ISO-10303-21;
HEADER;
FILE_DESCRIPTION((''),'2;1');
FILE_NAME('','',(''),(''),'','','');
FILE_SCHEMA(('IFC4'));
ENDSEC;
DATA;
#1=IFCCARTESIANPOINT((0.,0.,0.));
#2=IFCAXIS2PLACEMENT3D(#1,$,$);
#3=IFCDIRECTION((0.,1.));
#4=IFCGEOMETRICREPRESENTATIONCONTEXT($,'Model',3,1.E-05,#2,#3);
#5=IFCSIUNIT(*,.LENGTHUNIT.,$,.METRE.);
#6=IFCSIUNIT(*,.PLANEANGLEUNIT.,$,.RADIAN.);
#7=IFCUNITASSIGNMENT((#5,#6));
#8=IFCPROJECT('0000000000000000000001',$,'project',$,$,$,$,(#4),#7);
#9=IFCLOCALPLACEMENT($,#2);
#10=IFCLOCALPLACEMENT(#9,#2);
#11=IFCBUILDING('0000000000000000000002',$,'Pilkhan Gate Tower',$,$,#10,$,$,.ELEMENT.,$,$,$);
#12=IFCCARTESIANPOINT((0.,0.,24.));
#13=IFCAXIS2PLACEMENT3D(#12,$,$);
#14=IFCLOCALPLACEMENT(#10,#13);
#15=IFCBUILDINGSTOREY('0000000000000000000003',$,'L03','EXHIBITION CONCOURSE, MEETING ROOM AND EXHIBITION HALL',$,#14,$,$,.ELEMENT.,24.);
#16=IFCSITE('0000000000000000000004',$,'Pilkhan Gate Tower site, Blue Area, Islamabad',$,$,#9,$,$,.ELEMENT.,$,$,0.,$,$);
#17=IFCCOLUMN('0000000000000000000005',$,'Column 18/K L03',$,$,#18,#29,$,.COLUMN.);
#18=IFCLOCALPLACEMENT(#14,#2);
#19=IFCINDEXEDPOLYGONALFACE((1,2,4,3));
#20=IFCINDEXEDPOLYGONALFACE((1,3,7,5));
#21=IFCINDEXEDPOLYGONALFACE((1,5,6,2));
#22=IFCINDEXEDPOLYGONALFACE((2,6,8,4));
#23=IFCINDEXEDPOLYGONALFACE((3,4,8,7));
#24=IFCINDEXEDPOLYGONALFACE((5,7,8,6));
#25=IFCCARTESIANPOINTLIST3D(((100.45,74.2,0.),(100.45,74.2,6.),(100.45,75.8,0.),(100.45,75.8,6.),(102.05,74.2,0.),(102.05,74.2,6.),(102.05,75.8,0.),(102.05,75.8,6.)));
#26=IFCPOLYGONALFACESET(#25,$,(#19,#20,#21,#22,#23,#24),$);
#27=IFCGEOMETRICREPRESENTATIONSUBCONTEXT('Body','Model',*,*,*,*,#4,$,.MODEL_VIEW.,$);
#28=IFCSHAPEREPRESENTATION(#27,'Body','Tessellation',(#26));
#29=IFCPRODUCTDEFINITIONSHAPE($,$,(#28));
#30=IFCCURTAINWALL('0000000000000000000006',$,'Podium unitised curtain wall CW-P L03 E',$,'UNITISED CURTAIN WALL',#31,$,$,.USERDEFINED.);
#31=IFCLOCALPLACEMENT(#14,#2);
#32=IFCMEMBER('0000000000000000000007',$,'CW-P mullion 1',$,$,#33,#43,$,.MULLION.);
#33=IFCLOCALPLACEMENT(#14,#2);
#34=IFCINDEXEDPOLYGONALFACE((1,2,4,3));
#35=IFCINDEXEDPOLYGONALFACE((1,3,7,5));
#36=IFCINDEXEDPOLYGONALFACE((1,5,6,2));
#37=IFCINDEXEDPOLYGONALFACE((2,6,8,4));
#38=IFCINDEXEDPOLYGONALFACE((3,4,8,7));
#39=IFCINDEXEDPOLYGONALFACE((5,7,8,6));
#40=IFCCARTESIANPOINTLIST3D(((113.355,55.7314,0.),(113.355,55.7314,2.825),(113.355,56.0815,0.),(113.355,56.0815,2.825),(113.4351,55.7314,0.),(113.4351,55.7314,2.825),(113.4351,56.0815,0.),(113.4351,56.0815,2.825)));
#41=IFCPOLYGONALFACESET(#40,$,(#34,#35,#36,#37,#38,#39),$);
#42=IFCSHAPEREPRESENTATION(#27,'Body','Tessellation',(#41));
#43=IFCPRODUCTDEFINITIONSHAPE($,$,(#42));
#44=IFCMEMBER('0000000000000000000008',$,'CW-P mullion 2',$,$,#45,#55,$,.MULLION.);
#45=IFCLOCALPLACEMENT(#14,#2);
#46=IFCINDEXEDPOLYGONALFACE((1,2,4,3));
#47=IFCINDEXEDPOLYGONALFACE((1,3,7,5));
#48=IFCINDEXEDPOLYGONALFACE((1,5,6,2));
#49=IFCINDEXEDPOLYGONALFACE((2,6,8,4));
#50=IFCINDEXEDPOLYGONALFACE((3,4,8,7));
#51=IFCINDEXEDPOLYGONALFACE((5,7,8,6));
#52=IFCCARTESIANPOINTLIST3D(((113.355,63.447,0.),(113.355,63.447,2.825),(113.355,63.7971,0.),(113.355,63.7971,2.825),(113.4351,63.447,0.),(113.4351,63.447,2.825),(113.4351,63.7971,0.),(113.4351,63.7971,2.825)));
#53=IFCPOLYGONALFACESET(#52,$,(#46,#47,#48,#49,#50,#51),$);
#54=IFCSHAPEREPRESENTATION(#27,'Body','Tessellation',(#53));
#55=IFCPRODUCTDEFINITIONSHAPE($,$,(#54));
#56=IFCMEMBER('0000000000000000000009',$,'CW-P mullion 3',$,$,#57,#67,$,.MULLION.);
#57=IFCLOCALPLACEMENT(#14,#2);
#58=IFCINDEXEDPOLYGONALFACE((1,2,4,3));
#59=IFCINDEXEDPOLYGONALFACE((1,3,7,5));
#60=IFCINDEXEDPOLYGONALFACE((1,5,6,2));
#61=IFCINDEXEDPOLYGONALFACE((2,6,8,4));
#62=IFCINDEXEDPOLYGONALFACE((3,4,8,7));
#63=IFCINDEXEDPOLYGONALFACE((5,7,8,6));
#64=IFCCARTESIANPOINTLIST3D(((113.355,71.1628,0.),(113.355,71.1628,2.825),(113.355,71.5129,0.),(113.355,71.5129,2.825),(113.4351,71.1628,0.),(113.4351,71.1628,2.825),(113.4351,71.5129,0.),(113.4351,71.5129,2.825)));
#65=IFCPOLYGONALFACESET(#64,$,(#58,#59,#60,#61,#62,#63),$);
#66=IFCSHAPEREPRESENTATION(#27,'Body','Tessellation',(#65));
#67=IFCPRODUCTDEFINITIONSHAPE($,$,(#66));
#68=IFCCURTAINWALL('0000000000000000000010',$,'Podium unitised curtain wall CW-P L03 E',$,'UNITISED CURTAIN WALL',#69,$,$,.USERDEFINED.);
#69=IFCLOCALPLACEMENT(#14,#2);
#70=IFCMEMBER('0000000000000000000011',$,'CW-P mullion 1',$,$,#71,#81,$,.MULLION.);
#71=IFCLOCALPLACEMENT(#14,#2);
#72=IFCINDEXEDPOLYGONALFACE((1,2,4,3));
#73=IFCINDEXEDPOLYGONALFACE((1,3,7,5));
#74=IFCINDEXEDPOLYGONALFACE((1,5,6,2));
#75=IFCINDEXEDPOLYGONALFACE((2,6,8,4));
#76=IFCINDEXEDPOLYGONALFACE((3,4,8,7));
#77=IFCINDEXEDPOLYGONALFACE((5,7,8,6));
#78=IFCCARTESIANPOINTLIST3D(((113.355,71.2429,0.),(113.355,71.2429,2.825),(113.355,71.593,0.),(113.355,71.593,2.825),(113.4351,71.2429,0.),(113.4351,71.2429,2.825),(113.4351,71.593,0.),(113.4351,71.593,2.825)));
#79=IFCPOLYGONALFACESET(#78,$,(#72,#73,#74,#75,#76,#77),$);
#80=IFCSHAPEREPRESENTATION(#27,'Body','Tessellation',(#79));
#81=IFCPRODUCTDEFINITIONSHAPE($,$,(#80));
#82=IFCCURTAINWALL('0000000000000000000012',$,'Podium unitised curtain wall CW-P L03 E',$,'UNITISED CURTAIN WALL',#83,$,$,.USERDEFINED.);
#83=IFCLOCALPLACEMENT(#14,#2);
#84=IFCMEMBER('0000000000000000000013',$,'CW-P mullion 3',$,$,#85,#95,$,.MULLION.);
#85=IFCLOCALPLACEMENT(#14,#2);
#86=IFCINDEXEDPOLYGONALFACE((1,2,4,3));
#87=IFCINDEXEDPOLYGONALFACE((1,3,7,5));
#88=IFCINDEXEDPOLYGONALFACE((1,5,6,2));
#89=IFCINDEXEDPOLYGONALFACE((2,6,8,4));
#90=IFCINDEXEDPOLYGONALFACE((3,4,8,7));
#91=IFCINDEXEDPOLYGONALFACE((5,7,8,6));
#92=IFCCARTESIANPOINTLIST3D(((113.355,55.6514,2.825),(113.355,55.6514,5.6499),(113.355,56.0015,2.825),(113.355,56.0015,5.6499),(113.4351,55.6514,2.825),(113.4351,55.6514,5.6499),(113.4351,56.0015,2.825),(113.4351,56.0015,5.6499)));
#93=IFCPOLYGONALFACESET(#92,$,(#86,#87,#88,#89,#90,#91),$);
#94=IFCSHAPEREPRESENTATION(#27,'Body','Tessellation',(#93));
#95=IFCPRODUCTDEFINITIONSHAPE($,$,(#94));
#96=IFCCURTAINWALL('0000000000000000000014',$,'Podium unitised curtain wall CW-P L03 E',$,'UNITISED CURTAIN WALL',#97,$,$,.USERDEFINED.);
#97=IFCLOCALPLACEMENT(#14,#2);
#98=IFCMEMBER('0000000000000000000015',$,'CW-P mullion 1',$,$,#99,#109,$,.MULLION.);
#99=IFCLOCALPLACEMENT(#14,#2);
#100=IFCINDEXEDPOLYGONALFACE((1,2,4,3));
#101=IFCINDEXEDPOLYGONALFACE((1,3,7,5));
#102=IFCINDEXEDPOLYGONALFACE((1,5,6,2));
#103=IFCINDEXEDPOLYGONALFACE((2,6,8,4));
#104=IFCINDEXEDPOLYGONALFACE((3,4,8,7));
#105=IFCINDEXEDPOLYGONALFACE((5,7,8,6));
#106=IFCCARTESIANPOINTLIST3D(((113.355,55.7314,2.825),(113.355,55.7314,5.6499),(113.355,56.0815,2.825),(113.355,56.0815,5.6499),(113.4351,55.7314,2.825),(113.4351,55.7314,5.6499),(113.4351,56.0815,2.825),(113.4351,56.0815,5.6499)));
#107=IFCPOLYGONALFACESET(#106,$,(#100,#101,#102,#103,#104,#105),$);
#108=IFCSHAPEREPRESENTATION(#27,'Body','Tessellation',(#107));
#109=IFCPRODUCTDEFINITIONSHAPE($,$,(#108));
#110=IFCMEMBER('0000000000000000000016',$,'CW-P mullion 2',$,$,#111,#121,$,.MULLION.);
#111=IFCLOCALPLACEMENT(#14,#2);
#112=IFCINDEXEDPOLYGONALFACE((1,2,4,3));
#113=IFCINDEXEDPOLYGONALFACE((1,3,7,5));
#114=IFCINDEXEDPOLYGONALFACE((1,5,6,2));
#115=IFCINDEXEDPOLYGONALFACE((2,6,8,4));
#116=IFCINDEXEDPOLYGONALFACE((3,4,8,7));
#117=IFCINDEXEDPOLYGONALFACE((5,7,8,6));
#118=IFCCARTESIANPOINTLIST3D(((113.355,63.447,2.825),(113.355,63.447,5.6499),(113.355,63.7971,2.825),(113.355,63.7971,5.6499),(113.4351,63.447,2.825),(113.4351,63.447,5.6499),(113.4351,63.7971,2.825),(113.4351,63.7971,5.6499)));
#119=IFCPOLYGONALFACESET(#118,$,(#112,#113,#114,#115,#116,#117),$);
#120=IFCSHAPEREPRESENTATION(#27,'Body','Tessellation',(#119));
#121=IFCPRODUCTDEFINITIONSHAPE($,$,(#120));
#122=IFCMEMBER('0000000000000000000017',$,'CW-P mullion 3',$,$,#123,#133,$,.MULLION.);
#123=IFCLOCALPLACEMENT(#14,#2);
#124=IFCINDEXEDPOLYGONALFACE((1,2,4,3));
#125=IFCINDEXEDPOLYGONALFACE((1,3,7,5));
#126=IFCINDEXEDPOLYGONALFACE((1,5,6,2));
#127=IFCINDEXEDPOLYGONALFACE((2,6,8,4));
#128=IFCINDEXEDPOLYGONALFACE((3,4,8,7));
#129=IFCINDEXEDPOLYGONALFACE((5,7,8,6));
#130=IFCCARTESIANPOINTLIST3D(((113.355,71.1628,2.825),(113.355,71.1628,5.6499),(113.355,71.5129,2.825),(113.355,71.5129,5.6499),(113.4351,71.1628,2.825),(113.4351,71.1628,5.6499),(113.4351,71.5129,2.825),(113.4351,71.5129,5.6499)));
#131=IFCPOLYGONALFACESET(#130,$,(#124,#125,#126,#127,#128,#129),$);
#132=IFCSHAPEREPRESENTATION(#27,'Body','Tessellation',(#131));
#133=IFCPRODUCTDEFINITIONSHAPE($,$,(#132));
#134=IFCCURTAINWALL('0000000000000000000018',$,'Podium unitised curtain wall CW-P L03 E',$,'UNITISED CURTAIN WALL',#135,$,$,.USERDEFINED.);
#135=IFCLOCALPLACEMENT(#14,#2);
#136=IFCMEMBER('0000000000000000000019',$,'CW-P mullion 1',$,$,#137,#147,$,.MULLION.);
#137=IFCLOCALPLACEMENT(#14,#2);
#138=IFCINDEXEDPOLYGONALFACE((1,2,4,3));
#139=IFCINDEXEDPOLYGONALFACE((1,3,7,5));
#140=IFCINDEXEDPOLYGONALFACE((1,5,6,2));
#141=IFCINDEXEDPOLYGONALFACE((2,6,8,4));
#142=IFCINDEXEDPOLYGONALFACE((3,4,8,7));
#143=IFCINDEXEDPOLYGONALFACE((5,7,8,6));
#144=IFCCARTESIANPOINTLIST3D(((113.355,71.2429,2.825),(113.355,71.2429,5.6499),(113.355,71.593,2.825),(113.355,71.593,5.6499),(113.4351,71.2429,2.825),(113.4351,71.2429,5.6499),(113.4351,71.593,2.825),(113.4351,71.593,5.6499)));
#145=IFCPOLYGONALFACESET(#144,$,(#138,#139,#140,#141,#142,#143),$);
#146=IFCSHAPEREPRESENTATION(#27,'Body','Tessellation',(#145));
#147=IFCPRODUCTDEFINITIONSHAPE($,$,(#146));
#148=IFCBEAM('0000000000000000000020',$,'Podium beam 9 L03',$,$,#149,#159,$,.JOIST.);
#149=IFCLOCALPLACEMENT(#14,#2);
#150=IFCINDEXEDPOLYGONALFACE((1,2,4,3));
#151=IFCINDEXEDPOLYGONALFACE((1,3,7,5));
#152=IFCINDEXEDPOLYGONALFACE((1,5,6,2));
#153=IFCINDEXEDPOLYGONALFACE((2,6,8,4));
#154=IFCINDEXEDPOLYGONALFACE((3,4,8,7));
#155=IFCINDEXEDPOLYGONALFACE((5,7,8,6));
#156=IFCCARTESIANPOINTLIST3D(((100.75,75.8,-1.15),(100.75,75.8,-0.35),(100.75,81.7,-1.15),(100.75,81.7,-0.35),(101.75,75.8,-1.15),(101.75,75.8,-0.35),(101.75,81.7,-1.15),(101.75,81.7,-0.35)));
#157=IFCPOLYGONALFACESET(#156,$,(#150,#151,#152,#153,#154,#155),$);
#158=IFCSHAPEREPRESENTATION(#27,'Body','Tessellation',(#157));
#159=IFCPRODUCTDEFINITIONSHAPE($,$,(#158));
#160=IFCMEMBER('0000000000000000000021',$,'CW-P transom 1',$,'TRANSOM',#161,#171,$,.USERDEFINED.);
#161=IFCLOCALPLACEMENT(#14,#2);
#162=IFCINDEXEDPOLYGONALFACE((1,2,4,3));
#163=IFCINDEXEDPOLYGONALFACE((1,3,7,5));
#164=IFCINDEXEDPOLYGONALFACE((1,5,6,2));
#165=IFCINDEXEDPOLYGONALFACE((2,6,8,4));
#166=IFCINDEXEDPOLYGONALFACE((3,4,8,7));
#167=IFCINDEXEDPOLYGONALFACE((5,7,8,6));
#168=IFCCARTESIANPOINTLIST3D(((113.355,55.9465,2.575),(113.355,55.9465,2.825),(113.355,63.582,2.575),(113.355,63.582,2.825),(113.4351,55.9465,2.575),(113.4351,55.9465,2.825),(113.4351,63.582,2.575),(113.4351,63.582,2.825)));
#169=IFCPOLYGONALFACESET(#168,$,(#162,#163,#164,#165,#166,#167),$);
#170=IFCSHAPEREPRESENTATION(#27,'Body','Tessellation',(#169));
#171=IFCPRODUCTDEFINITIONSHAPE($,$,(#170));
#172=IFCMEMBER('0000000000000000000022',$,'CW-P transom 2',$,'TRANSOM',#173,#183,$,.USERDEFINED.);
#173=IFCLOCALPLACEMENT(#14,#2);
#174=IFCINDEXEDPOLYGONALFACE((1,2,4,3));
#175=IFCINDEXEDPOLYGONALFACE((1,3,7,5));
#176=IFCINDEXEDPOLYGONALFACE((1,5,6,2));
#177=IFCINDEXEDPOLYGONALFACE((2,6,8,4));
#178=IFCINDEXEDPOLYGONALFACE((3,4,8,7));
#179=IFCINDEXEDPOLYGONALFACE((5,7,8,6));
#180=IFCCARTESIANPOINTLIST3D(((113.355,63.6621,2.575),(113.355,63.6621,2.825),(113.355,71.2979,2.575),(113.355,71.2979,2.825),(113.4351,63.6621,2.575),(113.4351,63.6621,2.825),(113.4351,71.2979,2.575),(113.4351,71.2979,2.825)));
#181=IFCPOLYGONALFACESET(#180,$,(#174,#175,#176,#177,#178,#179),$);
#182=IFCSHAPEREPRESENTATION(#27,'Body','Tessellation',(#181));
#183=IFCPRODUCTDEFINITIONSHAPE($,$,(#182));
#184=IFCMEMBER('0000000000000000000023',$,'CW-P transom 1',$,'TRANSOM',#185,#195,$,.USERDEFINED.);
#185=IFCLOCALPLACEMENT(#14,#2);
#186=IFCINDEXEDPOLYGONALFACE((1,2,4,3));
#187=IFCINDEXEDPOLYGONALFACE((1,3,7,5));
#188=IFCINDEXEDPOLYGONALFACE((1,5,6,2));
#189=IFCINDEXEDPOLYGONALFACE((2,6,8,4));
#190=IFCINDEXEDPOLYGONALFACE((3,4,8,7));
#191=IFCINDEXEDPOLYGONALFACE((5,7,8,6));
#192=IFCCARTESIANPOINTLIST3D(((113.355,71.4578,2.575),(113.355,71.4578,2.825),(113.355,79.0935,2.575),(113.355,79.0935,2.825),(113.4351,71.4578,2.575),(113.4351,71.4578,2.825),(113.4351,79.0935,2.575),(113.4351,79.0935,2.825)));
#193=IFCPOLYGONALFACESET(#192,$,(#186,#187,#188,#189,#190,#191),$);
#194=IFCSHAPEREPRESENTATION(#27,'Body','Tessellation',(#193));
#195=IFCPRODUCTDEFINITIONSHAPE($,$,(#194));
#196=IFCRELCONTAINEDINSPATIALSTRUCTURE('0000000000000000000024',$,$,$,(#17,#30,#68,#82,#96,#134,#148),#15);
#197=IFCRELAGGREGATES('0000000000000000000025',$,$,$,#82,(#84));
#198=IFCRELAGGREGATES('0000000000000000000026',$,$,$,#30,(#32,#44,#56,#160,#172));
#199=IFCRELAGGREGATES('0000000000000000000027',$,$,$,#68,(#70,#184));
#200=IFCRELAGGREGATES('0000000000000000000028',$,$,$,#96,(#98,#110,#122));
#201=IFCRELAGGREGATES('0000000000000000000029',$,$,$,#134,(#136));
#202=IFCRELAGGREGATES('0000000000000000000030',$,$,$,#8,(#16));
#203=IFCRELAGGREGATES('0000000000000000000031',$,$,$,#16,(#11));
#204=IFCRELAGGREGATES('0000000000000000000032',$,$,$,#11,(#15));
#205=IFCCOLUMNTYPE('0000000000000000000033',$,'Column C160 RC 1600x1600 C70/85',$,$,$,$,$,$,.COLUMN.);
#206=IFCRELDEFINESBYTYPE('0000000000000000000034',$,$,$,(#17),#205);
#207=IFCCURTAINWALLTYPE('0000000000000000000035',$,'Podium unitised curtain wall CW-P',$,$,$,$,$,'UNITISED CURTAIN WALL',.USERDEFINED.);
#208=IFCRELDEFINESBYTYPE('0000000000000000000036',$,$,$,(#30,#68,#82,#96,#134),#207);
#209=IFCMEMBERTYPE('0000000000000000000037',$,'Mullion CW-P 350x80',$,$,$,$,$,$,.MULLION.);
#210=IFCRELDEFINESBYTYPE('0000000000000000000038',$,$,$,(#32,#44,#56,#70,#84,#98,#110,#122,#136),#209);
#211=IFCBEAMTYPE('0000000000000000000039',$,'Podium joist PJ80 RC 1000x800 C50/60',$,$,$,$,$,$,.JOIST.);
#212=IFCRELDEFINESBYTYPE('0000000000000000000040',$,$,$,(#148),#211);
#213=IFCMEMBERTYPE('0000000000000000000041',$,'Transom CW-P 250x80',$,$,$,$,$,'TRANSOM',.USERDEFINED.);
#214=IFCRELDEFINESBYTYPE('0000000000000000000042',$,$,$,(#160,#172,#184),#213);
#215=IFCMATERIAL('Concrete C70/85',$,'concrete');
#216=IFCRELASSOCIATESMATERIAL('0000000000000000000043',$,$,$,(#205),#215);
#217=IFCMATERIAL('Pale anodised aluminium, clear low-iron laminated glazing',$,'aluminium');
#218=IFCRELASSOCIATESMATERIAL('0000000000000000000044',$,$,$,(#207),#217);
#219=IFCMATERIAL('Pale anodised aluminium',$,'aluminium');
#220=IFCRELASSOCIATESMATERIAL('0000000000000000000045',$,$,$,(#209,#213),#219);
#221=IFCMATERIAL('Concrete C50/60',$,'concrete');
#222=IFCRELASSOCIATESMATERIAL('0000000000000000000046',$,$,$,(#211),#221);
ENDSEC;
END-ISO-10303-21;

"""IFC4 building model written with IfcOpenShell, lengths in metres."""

from ifc_helpers import new_model, si_unit, direction, frame, origin, origin_2d, place, context, subcontext, project, spatial, rectangle, extrude, material, material_profile, profile_set, type_object, element, aggregate, save


model = new_model("IFC4")

# Units and contexts
model_context = context("Model", 3, precision=1e-05, world=origin(), true_north=direction((0.0, 1.0)))
body_context = subcontext(model_context, "Body", "Model", "MODEL_VIEW")
ifc_project = project(units=[si_unit("LENGTHUNIT", "METRE"), si_unit("PLANEANGLEUNIT", "RADIAN")], contexts=[model_context])

# Site, building, storey
site_placement = place(None, origin())
site = spatial("IfcSite", under=ifc_project, at=site_placement, Name="Pilkhan Gate Tower site, Blue Area, Islamabad", CompositionType="ELEMENT", RefElevation=0.0)
building_placement = place(site_placement, origin())
building = spatial("IfcBuilding", under=site, at=building_placement, Name="Pilkhan Gate Tower", CompositionType="ELEMENT")
storey_placement = place(building_placement, frame((0.0, 0.0, 24.0)))
storey = spatial("IfcBuildingStorey", under=building, at=storey_placement, Name="L03", Description="EXHIBITION CONCOURSE, MEETING ROOM AND EXHIBITION HALL", CompositionType="ELEMENT", Elevation=24.0)

# Column
ifc_material_1 = material(Name="Concrete C70/85", Category="concrete")
ifc_material_profile_1 = material_profile(ifc_material_1, rectangle(XDim=1.6001, YDim=1.6001, at=origin_2d()), Name="RC 1600x1600")
ifc_profile_set_1 = profile_set([ifc_material_profile_1], Name="Concrete C70/85")
column_type = type_object("IfcColumnType", Name="Column C160 RC 1600x1600 C70/85", PredefinedType="COLUMN", material=ifc_profile_set_1)
column_placement = place(storey_placement, frame((101.25, 75.0, 0.0), z_axis=(0.0, 0.0, 1.0), x_axis=(1.0, 0.0, 0.0)))
element("IfcColumn", 1, at=column_placement, inside=storey, type_object=column_type, Name="Column 18/K L03", PredefinedType="COLUMN", context=body_context, shape_type="SweptSolid", body=[
    extrude(rectangle(XDim=1.6001, YDim=1.6001, at=origin_2d()), origin(), (0.0, 0.0, 1.0), 6.0),
])

# Curtain wall, members
ifc_material_2 = material(Name="Pale anodised aluminium, clear low-iron laminated glazing", Category="aluminium")
curtain_wall_type = type_object("IfcCurtainWallType", Name="Podium unitised curtain wall CW-P", ElementType="UNITISED CURTAIN WALL", PredefinedType="USERDEFINED", material=ifc_material_2)
curtain_wall_1_placement = place(storey_placement, origin())
curtain_wall_1 = element("IfcCurtainWall", 2, at=curtain_wall_1_placement, inside=storey, type_object=curtain_wall_type, Name="Podium unitised curtain wall CW-P L03 E", ObjectType="UNITISED CURTAIN WALL", PredefinedType="USERDEFINED")
ifc_material_3 = material(Name="Pale anodised aluminium", Category="aluminium")
ifc_material_profile_2 = material_profile(ifc_material_3, rectangle(XDim=0.0801, YDim=0.3501, at=origin_2d()), Name="Mullion 350x80")
ifc_profile_set_2 = profile_set([ifc_material_profile_2], Name="Pale anodised aluminium")
member_type_1 = type_object("IfcMemberType", Name="Mullion CW-P 350x80", PredefinedType="MULLION", material=ifc_profile_set_2)
member_1_placement = place(storey_placement, frame((113.395, 55.9065, 0.0), z_axis=(0.0, 0.0, 1.0), x_axis=(-1.0, 0.0, 0.0)))
member_1 = element("IfcMember", 3, at=member_1_placement, type_object=member_type_1, Name="CW-P mullion 1", PredefinedType="MULLION", context=body_context, shape_type="SweptSolid", body=[
    extrude(rectangle(XDim=0.0801, YDim=0.3501, at=origin_2d()), origin(), (0.0, 0.0, 1.0), 2.825),
])
member_2_placement = place(storey_placement, frame((113.395, 63.6221, 0.0), z_axis=(0.0, 0.0, 1.0), x_axis=(-1.0, 0.0, 0.0)))
member_2 = element("IfcMember", 4, at=member_2_placement, type_object=member_type_1, Name="CW-P mullion 2", PredefinedType="MULLION", context=body_context, shape_type="SweptSolid", body=[
    extrude(rectangle(XDim=0.0801, YDim=0.3501, at=origin_2d()), origin(), (0.0, 0.0, 1.0), 2.825),
])
member_3_placement = place(storey_placement, frame((113.395, 71.3379, 0.0), z_axis=(0.0, 0.0, 1.0), x_axis=(-1.0, 0.0, 0.0)))
member_3 = element("IfcMember", 5, at=member_3_placement, type_object=member_type_1, Name="CW-P mullion 3", PredefinedType="MULLION", context=body_context, shape_type="SweptSolid", body=[
    extrude(rectangle(XDim=0.0801, YDim=0.3501, at=origin_2d()), origin(), (0.0, 0.0, 1.0), 2.825),
])

# Curtain walls, members
curtain_wall_2_placement = place(storey_placement, origin())
curtain_wall_2 = element("IfcCurtainWall", 6, at=curtain_wall_2_placement, inside=storey, type_object=curtain_wall_type, Name="Podium unitised curtain wall CW-P L03 E", ObjectType="UNITISED CURTAIN WALL", PredefinedType="USERDEFINED")
member_4_placement = place(storey_placement, frame((113.395, 71.418, 0.0), z_axis=(0.0, 0.0, 1.0), x_axis=(-1.0, 0.0, 0.0)))
member_4 = element("IfcMember", 7, at=member_4_placement, type_object=member_type_1, Name="CW-P mullion 1", PredefinedType="MULLION", context=body_context, shape_type="SweptSolid", body=[
    extrude(rectangle(XDim=0.0801, YDim=0.3501, at=origin_2d()), origin(), (0.0, 0.0, 1.0), 2.825),
])
curtain_wall_3_placement = place(storey_placement, origin())
curtain_wall_3 = element("IfcCurtainWall", 8, at=curtain_wall_3_placement, inside=storey, type_object=curtain_wall_type, Name="Podium unitised curtain wall CW-P L03 E", ObjectType="UNITISED CURTAIN WALL", PredefinedType="USERDEFINED")
member_5_placement = place(storey_placement, frame((113.395, 55.8264, 2.825), z_axis=(0.0, 0.0, 1.0), x_axis=(-1.0, 0.0, 0.0)))
member_5 = element("IfcMember", 9, at=member_5_placement, type_object=member_type_1, Name="CW-P mullion 3", PredefinedType="MULLION", context=body_context, shape_type="SweptSolid", body=[
    extrude(rectangle(XDim=0.0801, YDim=0.3501, at=origin_2d()), origin(), (0.0, 0.0, 1.0), 2.825),
])
aggregate(curtain_wall_3, [member_5])

# Curtain wall, members
curtain_wall_4_placement = place(storey_placement, origin())
curtain_wall_4 = element("IfcCurtainWall", 10, at=curtain_wall_4_placement, inside=storey, type_object=curtain_wall_type, Name="Podium unitised curtain wall CW-P L03 E", ObjectType="UNITISED CURTAIN WALL", PredefinedType="USERDEFINED")
member_6_placement = place(storey_placement, frame((113.395, 55.9065, 2.825), z_axis=(0.0, 0.0, 1.0), x_axis=(-1.0, 0.0, 0.0)))
member_6 = element("IfcMember", 11, at=member_6_placement, type_object=member_type_1, Name="CW-P mullion 1", PredefinedType="MULLION", context=body_context, shape_type="SweptSolid", body=[
    extrude(rectangle(XDim=0.0801, YDim=0.3501, at=origin_2d()), origin(), (0.0, 0.0, 1.0), 2.825),
])
member_7_placement = place(storey_placement, frame((113.395, 63.6221, 2.825), z_axis=(0.0, 0.0, 1.0), x_axis=(-1.0, 0.0, 0.0)))
member_7 = element("IfcMember", 12, at=member_7_placement, type_object=member_type_1, Name="CW-P mullion 2", PredefinedType="MULLION", context=body_context, shape_type="SweptSolid", body=[
    extrude(rectangle(XDim=0.0801, YDim=0.3501, at=origin_2d()), origin(), (0.0, 0.0, 1.0), 2.825),
])
member_8_placement = place(storey_placement, frame((113.395, 71.3379, 2.825), z_axis=(0.0, 0.0, 1.0), x_axis=(-1.0, 0.0, 0.0)))
member_8 = element("IfcMember", 13, at=member_8_placement, type_object=member_type_1, Name="CW-P mullion 3", PredefinedType="MULLION", context=body_context, shape_type="SweptSolid", body=[
    extrude(rectangle(XDim=0.0801, YDim=0.3501, at=origin_2d()), origin(), (0.0, 0.0, 1.0), 2.825),
])

# Curtain wall, member
curtain_wall_5_placement = place(storey_placement, origin())
curtain_wall_5 = element("IfcCurtainWall", 14, at=curtain_wall_5_placement, inside=storey, type_object=curtain_wall_type, Name="Podium unitised curtain wall CW-P L03 E", ObjectType="UNITISED CURTAIN WALL", PredefinedType="USERDEFINED")
member_9_placement = place(storey_placement, frame((113.395, 71.418, 2.825), z_axis=(0.0, 0.0, 1.0), x_axis=(-1.0, 0.0, 0.0)))
member_9 = element("IfcMember", 15, at=member_9_placement, type_object=member_type_1, Name="CW-P mullion 1", PredefinedType="MULLION", context=body_context, shape_type="SweptSolid", body=[
    extrude(rectangle(XDim=0.0801, YDim=0.3501, at=origin_2d()), origin(), (0.0, 0.0, 1.0), 2.825),
])

# Beam
ifc_material_4 = material(Name="Concrete C50/60", Category="concrete")
ifc_material_profile_3 = material_profile(ifc_material_4, rectangle(XDim=1.0, YDim=0.8, at=origin_2d()), Name="RC 1000x800")
ifc_profile_set_3 = profile_set([ifc_material_profile_3], Name="Concrete C50/60")
beam_type = type_object("IfcBeamType", Name="Podium joist PJ80 RC 1000x800 C50/60", PredefinedType="JOIST", material=ifc_profile_set_3)
beam_placement = place(storey_placement, frame((101.25, 75.8, -0.75), z_axis=(0.0, 1.0, 0.0), x_axis=(-1.0, 0.0, 0.0)))
element("IfcBeam", 16, at=beam_placement, inside=storey, type_object=beam_type, Name="Podium beam 9 L03", PredefinedType="JOIST", context=body_context, shape_type="SweptSolid", body=[
    extrude(rectangle(XDim=1.0, YDim=0.8, at=origin_2d()), origin(), (0.0, 0.0, 1.0), 5.8999),
])

# Members
ifc_material_profile_4 = material_profile(ifc_material_3, rectangle(XDim=0.0801, YDim=0.25, at=origin_2d()), Name="Transom 250x80")
ifc_profile_set_4 = profile_set([ifc_material_profile_4], Name="Pale anodised aluminium")
member_type_2 = type_object("IfcMemberType", Name="Transom CW-P 250x80", ElementType="TRANSOM", PredefinedType="USERDEFINED", material=ifc_profile_set_4)
member_10_placement = place(storey_placement, frame((113.395, 55.9465, 2.7), z_axis=(0.0, 1.0, 0.0), x_axis=(-1.0, 0.0, 0.0)))
member_10 = element("IfcMember", 17, at=member_10_placement, type_object=member_type_2, Name="CW-P transom 1", ObjectType="TRANSOM", PredefinedType="USERDEFINED", context=body_context, shape_type="SweptSolid", body=[
    extrude(rectangle(XDim=0.0801, YDim=0.25, at=origin_2d()), origin(), (0.0, 0.0, 1.0), 7.6355),
])
member_11_placement = place(storey_placement, frame((113.395, 63.6621, 2.7), z_axis=(0.0, 1.0, 0.0), x_axis=(-1.0, 0.0, 0.0)))
member_11 = element("IfcMember", 18, at=member_11_placement, type_object=member_type_2, Name="CW-P transom 2", ObjectType="TRANSOM", PredefinedType="USERDEFINED", context=body_context, shape_type="SweptSolid", body=[
    extrude(rectangle(XDim=0.0801, YDim=0.25, at=origin_2d()), origin(), (0.0, 0.0, 1.0), 7.6357),
])
member_12_placement = place(storey_placement, frame((113.395, 71.4578, 2.7), z_axis=(0.0, 1.0, 0.0), x_axis=(-1.0, 0.0, 0.0)))
member_12 = element("IfcMember", 19, at=member_12_placement, type_object=member_type_2, Name="CW-P transom 1", ObjectType="TRANSOM", PredefinedType="USERDEFINED", context=body_context, shape_type="SweptSolid", body=[
    extrude(rectangle(XDim=0.0801, YDim=0.25, at=origin_2d()), origin(), (0.0, 0.0, 1.0), 7.6357),
])

aggregate(curtain_wall_1, [member_1, member_2, member_3, member_10, member_11])
aggregate(curtain_wall_2, [member_4, member_12])
aggregate(curtain_wall_4, [member_6, member_7, member_8])
aggregate(curtain_wall_5, [member_9])

save(model, "model.ifc")
